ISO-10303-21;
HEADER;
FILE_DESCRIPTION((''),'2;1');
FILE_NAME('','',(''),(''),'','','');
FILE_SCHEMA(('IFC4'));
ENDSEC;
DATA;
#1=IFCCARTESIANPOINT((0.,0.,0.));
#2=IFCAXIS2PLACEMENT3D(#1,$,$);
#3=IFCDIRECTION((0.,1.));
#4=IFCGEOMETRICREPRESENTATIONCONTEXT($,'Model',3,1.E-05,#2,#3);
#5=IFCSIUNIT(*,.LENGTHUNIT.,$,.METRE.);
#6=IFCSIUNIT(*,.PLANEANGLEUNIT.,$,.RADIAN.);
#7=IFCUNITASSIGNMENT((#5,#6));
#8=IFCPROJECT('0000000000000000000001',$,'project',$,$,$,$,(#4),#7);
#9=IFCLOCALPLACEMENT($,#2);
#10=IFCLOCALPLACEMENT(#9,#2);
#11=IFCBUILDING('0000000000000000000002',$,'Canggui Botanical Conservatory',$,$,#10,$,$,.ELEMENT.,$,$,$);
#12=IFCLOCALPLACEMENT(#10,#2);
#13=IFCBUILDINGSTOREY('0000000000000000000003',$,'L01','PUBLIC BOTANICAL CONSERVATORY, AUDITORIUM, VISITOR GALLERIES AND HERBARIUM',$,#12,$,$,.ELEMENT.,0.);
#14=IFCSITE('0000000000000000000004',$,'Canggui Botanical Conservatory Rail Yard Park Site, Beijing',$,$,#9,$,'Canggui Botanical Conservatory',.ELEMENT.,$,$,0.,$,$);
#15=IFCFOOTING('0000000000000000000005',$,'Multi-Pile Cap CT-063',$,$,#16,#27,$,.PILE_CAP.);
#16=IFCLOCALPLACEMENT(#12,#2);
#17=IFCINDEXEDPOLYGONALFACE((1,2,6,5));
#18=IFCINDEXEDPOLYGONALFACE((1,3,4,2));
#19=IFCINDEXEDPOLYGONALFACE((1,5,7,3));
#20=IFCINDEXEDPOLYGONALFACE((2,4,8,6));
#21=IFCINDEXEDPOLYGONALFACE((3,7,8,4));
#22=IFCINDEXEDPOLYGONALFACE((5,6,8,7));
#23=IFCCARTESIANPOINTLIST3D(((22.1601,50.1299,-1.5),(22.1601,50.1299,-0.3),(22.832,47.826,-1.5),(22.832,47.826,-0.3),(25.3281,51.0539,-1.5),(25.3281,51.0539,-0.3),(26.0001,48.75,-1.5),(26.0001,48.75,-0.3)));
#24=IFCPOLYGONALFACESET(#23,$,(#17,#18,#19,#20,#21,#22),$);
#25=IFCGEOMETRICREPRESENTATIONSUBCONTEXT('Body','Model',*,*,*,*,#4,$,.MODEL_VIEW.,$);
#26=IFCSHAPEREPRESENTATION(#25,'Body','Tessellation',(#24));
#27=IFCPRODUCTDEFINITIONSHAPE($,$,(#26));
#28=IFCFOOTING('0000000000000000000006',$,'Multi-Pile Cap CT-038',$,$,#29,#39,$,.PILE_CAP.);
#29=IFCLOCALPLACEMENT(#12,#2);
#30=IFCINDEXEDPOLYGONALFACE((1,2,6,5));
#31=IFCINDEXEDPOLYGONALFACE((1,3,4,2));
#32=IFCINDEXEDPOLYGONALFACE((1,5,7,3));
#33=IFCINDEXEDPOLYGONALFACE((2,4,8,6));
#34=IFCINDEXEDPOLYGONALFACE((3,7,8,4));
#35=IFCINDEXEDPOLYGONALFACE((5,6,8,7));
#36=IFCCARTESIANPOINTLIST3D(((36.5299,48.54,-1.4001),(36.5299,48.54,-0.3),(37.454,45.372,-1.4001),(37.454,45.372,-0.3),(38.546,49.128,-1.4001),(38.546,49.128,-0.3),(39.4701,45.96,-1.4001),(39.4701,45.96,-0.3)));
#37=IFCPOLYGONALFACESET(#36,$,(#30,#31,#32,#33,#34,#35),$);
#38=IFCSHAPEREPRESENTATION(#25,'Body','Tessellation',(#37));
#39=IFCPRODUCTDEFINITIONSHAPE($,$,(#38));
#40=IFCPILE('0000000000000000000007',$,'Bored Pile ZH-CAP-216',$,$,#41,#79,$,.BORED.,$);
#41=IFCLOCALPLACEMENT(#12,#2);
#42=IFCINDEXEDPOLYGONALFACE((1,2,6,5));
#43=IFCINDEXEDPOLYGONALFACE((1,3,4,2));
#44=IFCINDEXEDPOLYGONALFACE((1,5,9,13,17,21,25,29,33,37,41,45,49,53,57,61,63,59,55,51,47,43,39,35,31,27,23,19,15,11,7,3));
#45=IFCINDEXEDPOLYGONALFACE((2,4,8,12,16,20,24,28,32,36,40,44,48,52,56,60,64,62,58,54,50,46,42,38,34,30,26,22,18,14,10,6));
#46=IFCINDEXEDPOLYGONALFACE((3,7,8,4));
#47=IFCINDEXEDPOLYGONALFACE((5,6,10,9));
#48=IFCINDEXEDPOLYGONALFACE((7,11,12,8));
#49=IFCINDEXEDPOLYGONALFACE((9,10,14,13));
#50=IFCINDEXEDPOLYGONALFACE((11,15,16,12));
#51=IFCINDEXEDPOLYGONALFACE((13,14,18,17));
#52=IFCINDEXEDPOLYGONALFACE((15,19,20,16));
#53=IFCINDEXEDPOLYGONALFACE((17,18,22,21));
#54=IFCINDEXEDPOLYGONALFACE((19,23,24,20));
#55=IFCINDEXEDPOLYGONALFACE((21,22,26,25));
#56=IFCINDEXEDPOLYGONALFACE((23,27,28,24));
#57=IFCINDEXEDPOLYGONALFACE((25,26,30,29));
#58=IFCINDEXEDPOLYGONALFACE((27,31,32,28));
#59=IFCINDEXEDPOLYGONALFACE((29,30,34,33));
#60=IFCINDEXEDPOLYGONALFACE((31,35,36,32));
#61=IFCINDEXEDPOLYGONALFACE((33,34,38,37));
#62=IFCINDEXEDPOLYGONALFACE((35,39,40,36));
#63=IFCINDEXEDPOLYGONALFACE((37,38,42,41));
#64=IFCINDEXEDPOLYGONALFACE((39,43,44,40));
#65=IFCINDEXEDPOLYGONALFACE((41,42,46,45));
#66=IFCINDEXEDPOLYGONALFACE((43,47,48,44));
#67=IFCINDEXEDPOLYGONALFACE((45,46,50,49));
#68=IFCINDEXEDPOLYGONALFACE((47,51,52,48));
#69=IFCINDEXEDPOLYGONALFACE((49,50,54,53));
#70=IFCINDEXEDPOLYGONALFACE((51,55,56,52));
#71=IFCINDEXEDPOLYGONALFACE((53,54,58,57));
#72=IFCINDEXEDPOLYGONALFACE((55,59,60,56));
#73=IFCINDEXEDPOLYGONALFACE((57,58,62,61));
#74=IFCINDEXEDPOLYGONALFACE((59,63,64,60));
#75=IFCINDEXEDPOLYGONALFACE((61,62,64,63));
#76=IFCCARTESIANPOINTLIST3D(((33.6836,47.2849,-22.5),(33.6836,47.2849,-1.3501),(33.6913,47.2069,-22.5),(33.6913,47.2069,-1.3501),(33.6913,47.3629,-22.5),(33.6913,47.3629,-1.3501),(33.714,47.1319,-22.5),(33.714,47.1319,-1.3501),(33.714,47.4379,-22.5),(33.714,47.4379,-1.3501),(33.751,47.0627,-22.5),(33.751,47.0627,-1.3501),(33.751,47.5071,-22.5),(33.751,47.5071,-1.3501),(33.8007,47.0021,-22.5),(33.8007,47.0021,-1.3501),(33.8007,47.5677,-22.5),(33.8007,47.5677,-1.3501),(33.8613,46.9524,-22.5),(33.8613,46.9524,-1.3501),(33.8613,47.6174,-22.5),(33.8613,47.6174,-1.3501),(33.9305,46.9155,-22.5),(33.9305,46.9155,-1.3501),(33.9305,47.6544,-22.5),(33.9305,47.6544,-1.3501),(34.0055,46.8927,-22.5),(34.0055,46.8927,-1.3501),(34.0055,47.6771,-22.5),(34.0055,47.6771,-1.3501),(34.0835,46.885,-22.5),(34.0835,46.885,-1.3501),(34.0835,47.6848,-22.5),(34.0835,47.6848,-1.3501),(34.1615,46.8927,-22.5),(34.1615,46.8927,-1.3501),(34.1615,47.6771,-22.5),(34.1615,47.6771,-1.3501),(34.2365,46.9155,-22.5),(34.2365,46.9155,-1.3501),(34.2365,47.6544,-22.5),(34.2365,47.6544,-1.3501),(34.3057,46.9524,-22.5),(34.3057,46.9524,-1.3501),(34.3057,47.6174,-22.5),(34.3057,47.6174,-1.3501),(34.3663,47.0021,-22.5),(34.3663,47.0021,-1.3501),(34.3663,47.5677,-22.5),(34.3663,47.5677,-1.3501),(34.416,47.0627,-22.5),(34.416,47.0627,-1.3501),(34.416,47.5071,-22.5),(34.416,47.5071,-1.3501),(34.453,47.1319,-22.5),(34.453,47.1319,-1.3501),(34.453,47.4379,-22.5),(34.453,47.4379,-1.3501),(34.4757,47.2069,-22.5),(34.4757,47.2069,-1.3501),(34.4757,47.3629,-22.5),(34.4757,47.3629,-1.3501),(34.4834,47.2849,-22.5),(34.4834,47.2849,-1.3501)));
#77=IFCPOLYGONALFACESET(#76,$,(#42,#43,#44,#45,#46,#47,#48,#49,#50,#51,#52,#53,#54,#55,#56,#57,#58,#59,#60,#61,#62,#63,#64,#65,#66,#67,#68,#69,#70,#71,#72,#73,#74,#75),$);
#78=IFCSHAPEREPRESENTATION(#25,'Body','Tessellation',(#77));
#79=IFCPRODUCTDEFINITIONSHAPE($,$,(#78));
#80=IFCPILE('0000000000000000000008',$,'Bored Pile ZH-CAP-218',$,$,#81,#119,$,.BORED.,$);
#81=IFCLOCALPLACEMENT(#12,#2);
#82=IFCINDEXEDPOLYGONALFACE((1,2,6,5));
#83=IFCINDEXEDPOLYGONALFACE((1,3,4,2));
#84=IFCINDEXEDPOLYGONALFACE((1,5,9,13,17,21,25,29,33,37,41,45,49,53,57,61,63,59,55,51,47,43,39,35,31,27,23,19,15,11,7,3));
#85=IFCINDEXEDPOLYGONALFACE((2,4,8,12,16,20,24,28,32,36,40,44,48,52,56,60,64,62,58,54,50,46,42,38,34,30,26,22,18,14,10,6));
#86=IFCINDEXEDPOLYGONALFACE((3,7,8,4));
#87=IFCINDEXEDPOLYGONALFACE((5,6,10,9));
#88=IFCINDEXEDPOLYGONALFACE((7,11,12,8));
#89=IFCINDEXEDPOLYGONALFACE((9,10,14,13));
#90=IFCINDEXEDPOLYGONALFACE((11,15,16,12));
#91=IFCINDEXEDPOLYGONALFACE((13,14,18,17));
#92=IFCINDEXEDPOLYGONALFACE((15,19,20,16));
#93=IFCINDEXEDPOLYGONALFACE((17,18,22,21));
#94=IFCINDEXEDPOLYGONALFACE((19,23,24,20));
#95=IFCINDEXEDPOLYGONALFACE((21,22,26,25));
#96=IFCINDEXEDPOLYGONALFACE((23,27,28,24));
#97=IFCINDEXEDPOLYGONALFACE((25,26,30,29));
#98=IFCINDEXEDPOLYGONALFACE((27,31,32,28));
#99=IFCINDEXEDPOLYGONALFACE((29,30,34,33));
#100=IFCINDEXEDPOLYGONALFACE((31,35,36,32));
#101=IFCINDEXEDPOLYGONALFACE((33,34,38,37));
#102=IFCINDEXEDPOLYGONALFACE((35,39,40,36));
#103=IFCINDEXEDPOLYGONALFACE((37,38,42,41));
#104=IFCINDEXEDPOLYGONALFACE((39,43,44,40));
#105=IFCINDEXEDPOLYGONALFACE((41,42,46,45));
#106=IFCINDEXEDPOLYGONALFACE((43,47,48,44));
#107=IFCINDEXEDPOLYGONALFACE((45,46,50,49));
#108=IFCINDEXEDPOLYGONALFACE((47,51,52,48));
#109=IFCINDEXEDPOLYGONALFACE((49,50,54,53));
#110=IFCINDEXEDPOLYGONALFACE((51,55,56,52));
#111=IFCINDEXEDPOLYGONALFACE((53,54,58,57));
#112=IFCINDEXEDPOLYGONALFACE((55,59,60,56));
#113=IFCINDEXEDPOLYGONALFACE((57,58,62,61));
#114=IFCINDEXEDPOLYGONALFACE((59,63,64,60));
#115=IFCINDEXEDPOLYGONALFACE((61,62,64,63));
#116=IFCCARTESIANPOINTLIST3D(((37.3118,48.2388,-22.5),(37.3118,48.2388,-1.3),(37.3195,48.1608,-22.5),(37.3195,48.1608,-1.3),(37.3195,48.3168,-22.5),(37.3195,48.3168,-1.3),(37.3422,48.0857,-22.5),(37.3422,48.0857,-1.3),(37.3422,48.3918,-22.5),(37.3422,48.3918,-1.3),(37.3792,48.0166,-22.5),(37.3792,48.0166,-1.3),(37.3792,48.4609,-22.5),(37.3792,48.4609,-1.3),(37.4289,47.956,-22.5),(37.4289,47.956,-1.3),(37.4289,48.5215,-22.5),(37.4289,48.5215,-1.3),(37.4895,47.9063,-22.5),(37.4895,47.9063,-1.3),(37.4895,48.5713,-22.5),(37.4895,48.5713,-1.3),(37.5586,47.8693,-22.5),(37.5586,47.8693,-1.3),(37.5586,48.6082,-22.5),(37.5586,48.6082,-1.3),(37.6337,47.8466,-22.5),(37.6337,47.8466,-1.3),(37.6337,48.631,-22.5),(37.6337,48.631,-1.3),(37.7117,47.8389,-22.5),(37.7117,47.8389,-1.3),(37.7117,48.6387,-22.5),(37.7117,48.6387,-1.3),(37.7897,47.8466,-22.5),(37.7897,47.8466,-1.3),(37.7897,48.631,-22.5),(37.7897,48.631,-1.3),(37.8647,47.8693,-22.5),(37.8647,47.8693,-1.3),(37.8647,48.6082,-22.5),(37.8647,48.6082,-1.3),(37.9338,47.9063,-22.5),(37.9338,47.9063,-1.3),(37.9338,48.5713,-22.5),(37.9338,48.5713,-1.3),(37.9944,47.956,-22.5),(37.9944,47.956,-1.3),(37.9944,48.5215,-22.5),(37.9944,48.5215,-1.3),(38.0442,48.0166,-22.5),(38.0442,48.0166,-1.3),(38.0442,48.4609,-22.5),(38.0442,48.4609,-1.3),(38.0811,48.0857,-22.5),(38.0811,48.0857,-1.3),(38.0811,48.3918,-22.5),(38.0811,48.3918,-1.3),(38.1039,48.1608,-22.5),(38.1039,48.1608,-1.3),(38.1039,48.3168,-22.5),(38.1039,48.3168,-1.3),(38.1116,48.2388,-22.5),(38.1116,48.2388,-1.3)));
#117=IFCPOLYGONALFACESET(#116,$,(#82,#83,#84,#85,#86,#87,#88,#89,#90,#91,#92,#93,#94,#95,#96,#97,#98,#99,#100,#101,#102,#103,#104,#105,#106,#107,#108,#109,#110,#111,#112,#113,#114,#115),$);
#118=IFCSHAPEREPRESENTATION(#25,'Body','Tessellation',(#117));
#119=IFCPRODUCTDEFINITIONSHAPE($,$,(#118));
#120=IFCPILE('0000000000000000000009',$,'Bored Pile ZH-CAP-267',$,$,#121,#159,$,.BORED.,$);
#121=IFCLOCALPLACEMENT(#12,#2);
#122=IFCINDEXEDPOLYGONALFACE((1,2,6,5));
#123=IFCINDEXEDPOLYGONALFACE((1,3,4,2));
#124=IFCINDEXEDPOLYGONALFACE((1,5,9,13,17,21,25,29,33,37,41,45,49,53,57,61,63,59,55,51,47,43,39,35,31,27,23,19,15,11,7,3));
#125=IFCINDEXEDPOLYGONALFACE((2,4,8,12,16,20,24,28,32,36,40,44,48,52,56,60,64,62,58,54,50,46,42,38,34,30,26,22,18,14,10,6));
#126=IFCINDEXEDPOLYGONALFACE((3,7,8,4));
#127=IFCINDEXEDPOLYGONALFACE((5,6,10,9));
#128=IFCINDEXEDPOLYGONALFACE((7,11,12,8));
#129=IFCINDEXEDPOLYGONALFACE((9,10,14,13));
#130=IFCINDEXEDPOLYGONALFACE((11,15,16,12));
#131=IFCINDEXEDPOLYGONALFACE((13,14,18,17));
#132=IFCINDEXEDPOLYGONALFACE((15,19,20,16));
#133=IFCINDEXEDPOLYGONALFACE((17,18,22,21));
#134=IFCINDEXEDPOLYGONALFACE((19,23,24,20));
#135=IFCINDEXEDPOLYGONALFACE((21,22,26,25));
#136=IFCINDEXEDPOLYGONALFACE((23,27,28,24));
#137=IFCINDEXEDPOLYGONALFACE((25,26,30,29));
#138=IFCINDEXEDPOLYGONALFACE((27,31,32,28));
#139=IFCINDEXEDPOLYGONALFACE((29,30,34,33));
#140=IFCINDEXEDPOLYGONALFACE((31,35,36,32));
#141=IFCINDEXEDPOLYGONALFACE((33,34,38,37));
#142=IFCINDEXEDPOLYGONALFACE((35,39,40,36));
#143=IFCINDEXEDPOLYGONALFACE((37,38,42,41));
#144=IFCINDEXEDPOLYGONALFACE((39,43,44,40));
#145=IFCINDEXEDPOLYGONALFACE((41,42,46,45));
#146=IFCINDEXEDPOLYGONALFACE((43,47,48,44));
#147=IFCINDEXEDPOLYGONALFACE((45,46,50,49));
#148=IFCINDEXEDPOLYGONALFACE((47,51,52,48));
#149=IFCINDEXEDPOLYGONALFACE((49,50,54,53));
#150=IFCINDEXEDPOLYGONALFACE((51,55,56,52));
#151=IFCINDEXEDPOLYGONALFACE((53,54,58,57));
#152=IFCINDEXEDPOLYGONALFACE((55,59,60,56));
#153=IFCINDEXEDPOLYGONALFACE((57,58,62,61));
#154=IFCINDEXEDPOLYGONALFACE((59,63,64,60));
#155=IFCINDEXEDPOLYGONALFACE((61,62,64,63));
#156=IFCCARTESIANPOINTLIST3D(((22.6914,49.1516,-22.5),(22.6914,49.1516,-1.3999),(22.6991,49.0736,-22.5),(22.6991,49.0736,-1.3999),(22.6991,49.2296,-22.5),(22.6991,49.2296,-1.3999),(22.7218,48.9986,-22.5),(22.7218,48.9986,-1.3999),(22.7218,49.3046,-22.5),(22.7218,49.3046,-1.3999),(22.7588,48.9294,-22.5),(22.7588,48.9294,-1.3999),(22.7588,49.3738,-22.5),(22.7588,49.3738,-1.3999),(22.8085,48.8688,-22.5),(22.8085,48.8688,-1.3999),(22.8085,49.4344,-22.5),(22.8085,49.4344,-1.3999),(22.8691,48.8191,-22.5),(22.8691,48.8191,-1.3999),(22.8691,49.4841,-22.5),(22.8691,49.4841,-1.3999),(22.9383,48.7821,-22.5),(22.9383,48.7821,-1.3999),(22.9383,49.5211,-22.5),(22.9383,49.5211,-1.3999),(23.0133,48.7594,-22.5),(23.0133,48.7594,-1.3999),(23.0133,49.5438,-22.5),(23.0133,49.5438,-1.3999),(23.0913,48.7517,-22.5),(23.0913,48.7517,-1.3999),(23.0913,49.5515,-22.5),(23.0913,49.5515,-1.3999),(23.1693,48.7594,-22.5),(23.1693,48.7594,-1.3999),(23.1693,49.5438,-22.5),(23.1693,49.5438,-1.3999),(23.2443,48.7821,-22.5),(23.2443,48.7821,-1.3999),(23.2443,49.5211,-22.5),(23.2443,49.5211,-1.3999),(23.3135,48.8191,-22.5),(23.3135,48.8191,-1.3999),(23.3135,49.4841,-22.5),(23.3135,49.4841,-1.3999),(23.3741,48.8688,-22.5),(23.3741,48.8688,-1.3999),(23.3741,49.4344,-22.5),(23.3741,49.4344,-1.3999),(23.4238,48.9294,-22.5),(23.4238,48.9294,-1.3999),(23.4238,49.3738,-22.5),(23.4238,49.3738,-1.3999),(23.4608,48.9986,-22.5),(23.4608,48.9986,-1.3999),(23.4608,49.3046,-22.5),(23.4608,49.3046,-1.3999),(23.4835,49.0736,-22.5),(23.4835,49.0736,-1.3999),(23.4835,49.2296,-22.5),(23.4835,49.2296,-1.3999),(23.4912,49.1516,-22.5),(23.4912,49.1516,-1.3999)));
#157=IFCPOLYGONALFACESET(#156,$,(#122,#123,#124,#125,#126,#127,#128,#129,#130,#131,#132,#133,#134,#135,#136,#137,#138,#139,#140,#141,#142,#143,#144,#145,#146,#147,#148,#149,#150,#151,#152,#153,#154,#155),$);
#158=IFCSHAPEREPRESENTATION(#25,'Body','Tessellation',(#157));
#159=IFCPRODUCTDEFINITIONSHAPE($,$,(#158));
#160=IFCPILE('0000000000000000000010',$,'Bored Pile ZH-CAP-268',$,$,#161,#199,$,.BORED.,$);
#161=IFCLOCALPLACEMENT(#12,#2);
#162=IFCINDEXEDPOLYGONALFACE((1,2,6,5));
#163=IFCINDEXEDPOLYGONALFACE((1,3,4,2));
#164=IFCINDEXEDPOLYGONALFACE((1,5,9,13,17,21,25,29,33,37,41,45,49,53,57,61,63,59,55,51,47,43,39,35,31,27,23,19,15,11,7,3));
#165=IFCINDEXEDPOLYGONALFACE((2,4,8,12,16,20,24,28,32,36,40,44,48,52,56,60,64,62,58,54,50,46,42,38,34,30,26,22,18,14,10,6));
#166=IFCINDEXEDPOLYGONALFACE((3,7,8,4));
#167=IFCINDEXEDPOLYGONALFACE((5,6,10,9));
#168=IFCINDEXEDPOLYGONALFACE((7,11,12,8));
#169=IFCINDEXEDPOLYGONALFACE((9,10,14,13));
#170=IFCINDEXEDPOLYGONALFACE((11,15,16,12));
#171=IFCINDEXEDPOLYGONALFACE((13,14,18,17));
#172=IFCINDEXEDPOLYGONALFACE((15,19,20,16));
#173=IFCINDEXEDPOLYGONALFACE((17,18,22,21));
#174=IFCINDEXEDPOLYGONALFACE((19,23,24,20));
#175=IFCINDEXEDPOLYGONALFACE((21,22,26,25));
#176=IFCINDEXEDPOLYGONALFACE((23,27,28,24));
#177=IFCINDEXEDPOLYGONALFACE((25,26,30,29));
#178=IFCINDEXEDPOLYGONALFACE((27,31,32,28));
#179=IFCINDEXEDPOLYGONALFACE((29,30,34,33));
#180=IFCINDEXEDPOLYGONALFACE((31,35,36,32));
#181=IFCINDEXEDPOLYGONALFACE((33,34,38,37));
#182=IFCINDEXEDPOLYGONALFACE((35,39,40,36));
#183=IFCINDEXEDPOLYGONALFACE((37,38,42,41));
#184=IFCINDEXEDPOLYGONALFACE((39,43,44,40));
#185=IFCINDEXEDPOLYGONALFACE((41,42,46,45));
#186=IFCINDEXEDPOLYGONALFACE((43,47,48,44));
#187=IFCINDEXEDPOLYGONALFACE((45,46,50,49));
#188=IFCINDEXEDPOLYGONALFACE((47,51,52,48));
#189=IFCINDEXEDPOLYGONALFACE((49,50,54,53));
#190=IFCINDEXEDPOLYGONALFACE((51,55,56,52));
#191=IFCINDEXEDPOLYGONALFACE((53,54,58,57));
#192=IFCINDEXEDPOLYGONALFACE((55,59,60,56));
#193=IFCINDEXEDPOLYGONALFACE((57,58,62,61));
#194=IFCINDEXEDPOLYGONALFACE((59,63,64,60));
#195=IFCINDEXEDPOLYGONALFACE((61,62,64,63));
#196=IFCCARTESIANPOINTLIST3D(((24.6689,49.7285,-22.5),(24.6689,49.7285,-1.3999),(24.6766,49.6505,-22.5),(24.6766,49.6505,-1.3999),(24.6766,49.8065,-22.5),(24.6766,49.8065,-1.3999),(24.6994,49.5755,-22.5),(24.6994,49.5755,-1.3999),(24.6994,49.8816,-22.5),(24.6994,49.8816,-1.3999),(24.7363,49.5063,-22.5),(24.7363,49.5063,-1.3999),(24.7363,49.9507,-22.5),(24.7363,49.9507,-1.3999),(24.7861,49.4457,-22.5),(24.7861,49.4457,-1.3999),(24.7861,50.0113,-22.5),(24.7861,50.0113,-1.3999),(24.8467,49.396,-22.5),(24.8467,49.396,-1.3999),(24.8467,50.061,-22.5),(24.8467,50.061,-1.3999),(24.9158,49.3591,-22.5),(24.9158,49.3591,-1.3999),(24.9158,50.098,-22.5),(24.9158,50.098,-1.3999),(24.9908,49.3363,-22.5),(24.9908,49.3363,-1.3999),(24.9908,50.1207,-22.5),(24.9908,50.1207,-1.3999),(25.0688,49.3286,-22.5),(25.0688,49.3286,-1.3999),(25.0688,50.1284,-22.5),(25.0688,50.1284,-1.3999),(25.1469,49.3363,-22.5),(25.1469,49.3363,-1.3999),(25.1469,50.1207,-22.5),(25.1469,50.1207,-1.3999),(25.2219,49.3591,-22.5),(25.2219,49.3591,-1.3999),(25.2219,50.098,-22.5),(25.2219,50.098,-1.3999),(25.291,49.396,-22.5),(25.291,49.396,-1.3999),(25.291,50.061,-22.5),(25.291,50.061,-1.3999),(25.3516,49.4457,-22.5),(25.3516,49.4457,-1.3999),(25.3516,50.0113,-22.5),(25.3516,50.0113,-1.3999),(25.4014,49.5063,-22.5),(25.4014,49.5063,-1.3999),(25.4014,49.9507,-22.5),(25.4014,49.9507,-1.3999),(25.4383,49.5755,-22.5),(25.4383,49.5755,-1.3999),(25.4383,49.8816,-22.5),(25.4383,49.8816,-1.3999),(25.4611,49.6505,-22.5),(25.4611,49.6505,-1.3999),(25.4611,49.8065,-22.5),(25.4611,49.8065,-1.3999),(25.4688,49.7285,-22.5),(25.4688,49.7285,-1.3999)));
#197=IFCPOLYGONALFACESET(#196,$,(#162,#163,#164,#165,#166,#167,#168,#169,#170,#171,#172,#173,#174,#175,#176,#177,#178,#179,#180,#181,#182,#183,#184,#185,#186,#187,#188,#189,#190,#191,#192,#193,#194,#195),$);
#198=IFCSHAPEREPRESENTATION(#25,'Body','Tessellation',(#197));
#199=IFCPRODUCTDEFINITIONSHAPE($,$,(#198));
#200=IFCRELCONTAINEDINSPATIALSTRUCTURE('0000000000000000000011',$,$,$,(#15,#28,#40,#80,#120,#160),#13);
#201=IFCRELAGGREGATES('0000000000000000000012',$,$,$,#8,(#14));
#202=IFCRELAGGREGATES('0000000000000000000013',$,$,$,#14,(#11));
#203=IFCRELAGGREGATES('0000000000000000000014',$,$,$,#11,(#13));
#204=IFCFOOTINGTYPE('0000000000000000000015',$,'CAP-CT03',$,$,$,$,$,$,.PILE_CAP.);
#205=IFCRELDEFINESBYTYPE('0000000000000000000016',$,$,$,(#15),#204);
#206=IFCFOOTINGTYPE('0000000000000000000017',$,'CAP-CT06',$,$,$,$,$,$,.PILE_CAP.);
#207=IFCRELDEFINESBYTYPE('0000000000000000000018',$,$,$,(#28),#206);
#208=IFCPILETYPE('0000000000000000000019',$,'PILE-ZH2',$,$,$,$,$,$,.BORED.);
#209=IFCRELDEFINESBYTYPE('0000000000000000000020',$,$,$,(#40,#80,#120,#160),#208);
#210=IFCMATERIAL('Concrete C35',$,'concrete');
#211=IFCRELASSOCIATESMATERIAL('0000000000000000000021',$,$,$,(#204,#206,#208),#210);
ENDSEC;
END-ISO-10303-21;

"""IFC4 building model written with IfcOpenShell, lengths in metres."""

from ifc_helpers import new_model, si_unit, direction, frame, origin, origin_2d, place, context, subcontext, project, spatial, rectangle, circle, extrude, material, material_profile, profile_set, type_object, element, save


model = new_model("IFC4")

# Units and contexts
model_context = context("Model", 3, precision=1e-05, world=origin(), true_north=direction((0.0, 1.0)))
body_context = subcontext(model_context, "Body", "Model", "MODEL_VIEW")
ifc_project = project(units=[si_unit("LENGTHUNIT", "METRE"), si_unit("PLANEANGLEUNIT", "RADIAN")], contexts=[model_context])

# Site, building, storey
site_placement = place(None, origin())
site = spatial("IfcSite", under=ifc_project, at=site_placement, Name="Canggui Botanical Conservatory Rail Yard Park Site, Beijing", LongName="Canggui Botanical Conservatory", CompositionType="ELEMENT", RefElevation=0.0)
building_placement = place(site_placement, origin())
building = spatial("IfcBuilding", under=site, at=building_placement, Name="Canggui Botanical Conservatory", CompositionType="ELEMENT")
storey_placement = place(building_placement, origin())
storey = spatial("IfcBuildingStorey", under=building, at=storey_placement, Name="L01", Description="PUBLIC BOTANICAL CONSERVATORY, AUDITORIUM, VISITOR GALLERIES AND HERBARIUM", CompositionType="ELEMENT", Elevation=0.0)

# Footings
ifc_material_1 = material(Name="Concrete C35", Category="concrete")
footing_type_1 = type_object("IfcFootingType", Name="CAP-CT03", PredefinedType="PILE_CAP", material=ifc_material_1)
footing_1_placement = place(storey_placement, frame((24.0801, 49.4399, -1.5), z_axis=(0.0, 0.0, 1.0), x_axis=(0.96, 0.28, 0.0)))
element("IfcFooting", 1, at=footing_1_placement, inside=storey, type_object=footing_type_1, Name="Multi-Pile Cap CT-063", PredefinedType="PILE_CAP", context=body_context, shape_type="SweptSolid", body=[
    extrude(rectangle(XDim=3.3, YDim=2.3999, at=origin_2d()), origin(), (0.0, 0.0, 1.0), 1.2),
])
footing_type_2 = type_object("IfcFootingType", Name="CAP-CT06", PredefinedType="PILE_CAP", material=ifc_material_1)
footing_2_placement = place(storey_placement, frame((38.0, 47.25, -1.4001), z_axis=(0.0, 0.0, 1.0), x_axis=(-0.28, 0.96, 0.0)))
element("IfcFooting", 2, at=footing_2_placement, inside=storey, type_object=footing_type_2, Name="Multi-Pile Cap CT-038", PredefinedType="PILE_CAP", context=body_context, shape_type="SweptSolid", body=[
    extrude(rectangle(XDim=3.3, YDim=2.1001, at=origin_2d()), origin(), (0.0, 0.0, 1.0), 1.1001),
])

# Piles
ifc_material_profile_1 = material_profile(ifc_material_1, circle(Radius=0.3999, at=origin_2d()), Name="PILE D800")
ifc_profile_set_1 = profile_set([ifc_material_profile_1], Name="Concrete C35")
pile_type = type_object("IfcPileType", Name="PILE-ZH2", PredefinedType="BORED", material=ifc_profile_set_1)
pile_1_placement = place(storey_placement, frame((34.0835, 47.2849, -1.3501), z_axis=(0.0, 0.0, -1.0), x_axis=(1.0, 0.0, 0.0)))
element("IfcPile", 3, at=pile_1_placement, inside=storey, type_object=pile_type, Name="Bored Pile ZH-CAP-216", PredefinedType="BORED", context=body_context, shape_type="SweptSolid", body=[
    extrude(circle(Radius=0.3999, at=origin_2d()), origin(), (0.0, 0.0, 1.0), 21.1499),
])
pile_2_placement = place(storey_placement, frame((37.7117, 48.2388, -1.3), z_axis=(0.0, 0.0, -1.0), x_axis=(1.0, 0.0, 0.0)))
element("IfcPile", 4, at=pile_2_placement, inside=storey, type_object=pile_type, Name="Bored Pile ZH-CAP-218", PredefinedType="BORED", context=body_context, shape_type="SweptSolid", body=[
    extrude(circle(Radius=0.3999, at=origin_2d()), origin(), (0.0, 0.0, 1.0), 21.2),
])
for number, where, z_axis, x_axis, name in (
    (5, (23.0913, 49.1516, -1.3999), (0.0, 0.0, -1.0), (1.0, 0.0, 0.0), "Bored Pile ZH-CAP-267"),
    (6, (25.0688, 49.7285, -1.3999), (0.0, 0.0, -1.0), (1.0, 0.0, 0.0), "Bored Pile ZH-CAP-268"),
):
    element("IfcPile", number, at=place(storey_placement, frame(where, z_axis=z_axis, x_axis=x_axis)), inside=storey, type_object=pile_type, Name=name, PredefinedType="BORED", context=body_context, shape_type="SweptSolid", body=[
        extrude(circle(Radius=0.3999, at=origin_2d()), origin(), (0.0, 0.0, 1.0), 21.1001),
    ])

save(model, "model.ifc")
